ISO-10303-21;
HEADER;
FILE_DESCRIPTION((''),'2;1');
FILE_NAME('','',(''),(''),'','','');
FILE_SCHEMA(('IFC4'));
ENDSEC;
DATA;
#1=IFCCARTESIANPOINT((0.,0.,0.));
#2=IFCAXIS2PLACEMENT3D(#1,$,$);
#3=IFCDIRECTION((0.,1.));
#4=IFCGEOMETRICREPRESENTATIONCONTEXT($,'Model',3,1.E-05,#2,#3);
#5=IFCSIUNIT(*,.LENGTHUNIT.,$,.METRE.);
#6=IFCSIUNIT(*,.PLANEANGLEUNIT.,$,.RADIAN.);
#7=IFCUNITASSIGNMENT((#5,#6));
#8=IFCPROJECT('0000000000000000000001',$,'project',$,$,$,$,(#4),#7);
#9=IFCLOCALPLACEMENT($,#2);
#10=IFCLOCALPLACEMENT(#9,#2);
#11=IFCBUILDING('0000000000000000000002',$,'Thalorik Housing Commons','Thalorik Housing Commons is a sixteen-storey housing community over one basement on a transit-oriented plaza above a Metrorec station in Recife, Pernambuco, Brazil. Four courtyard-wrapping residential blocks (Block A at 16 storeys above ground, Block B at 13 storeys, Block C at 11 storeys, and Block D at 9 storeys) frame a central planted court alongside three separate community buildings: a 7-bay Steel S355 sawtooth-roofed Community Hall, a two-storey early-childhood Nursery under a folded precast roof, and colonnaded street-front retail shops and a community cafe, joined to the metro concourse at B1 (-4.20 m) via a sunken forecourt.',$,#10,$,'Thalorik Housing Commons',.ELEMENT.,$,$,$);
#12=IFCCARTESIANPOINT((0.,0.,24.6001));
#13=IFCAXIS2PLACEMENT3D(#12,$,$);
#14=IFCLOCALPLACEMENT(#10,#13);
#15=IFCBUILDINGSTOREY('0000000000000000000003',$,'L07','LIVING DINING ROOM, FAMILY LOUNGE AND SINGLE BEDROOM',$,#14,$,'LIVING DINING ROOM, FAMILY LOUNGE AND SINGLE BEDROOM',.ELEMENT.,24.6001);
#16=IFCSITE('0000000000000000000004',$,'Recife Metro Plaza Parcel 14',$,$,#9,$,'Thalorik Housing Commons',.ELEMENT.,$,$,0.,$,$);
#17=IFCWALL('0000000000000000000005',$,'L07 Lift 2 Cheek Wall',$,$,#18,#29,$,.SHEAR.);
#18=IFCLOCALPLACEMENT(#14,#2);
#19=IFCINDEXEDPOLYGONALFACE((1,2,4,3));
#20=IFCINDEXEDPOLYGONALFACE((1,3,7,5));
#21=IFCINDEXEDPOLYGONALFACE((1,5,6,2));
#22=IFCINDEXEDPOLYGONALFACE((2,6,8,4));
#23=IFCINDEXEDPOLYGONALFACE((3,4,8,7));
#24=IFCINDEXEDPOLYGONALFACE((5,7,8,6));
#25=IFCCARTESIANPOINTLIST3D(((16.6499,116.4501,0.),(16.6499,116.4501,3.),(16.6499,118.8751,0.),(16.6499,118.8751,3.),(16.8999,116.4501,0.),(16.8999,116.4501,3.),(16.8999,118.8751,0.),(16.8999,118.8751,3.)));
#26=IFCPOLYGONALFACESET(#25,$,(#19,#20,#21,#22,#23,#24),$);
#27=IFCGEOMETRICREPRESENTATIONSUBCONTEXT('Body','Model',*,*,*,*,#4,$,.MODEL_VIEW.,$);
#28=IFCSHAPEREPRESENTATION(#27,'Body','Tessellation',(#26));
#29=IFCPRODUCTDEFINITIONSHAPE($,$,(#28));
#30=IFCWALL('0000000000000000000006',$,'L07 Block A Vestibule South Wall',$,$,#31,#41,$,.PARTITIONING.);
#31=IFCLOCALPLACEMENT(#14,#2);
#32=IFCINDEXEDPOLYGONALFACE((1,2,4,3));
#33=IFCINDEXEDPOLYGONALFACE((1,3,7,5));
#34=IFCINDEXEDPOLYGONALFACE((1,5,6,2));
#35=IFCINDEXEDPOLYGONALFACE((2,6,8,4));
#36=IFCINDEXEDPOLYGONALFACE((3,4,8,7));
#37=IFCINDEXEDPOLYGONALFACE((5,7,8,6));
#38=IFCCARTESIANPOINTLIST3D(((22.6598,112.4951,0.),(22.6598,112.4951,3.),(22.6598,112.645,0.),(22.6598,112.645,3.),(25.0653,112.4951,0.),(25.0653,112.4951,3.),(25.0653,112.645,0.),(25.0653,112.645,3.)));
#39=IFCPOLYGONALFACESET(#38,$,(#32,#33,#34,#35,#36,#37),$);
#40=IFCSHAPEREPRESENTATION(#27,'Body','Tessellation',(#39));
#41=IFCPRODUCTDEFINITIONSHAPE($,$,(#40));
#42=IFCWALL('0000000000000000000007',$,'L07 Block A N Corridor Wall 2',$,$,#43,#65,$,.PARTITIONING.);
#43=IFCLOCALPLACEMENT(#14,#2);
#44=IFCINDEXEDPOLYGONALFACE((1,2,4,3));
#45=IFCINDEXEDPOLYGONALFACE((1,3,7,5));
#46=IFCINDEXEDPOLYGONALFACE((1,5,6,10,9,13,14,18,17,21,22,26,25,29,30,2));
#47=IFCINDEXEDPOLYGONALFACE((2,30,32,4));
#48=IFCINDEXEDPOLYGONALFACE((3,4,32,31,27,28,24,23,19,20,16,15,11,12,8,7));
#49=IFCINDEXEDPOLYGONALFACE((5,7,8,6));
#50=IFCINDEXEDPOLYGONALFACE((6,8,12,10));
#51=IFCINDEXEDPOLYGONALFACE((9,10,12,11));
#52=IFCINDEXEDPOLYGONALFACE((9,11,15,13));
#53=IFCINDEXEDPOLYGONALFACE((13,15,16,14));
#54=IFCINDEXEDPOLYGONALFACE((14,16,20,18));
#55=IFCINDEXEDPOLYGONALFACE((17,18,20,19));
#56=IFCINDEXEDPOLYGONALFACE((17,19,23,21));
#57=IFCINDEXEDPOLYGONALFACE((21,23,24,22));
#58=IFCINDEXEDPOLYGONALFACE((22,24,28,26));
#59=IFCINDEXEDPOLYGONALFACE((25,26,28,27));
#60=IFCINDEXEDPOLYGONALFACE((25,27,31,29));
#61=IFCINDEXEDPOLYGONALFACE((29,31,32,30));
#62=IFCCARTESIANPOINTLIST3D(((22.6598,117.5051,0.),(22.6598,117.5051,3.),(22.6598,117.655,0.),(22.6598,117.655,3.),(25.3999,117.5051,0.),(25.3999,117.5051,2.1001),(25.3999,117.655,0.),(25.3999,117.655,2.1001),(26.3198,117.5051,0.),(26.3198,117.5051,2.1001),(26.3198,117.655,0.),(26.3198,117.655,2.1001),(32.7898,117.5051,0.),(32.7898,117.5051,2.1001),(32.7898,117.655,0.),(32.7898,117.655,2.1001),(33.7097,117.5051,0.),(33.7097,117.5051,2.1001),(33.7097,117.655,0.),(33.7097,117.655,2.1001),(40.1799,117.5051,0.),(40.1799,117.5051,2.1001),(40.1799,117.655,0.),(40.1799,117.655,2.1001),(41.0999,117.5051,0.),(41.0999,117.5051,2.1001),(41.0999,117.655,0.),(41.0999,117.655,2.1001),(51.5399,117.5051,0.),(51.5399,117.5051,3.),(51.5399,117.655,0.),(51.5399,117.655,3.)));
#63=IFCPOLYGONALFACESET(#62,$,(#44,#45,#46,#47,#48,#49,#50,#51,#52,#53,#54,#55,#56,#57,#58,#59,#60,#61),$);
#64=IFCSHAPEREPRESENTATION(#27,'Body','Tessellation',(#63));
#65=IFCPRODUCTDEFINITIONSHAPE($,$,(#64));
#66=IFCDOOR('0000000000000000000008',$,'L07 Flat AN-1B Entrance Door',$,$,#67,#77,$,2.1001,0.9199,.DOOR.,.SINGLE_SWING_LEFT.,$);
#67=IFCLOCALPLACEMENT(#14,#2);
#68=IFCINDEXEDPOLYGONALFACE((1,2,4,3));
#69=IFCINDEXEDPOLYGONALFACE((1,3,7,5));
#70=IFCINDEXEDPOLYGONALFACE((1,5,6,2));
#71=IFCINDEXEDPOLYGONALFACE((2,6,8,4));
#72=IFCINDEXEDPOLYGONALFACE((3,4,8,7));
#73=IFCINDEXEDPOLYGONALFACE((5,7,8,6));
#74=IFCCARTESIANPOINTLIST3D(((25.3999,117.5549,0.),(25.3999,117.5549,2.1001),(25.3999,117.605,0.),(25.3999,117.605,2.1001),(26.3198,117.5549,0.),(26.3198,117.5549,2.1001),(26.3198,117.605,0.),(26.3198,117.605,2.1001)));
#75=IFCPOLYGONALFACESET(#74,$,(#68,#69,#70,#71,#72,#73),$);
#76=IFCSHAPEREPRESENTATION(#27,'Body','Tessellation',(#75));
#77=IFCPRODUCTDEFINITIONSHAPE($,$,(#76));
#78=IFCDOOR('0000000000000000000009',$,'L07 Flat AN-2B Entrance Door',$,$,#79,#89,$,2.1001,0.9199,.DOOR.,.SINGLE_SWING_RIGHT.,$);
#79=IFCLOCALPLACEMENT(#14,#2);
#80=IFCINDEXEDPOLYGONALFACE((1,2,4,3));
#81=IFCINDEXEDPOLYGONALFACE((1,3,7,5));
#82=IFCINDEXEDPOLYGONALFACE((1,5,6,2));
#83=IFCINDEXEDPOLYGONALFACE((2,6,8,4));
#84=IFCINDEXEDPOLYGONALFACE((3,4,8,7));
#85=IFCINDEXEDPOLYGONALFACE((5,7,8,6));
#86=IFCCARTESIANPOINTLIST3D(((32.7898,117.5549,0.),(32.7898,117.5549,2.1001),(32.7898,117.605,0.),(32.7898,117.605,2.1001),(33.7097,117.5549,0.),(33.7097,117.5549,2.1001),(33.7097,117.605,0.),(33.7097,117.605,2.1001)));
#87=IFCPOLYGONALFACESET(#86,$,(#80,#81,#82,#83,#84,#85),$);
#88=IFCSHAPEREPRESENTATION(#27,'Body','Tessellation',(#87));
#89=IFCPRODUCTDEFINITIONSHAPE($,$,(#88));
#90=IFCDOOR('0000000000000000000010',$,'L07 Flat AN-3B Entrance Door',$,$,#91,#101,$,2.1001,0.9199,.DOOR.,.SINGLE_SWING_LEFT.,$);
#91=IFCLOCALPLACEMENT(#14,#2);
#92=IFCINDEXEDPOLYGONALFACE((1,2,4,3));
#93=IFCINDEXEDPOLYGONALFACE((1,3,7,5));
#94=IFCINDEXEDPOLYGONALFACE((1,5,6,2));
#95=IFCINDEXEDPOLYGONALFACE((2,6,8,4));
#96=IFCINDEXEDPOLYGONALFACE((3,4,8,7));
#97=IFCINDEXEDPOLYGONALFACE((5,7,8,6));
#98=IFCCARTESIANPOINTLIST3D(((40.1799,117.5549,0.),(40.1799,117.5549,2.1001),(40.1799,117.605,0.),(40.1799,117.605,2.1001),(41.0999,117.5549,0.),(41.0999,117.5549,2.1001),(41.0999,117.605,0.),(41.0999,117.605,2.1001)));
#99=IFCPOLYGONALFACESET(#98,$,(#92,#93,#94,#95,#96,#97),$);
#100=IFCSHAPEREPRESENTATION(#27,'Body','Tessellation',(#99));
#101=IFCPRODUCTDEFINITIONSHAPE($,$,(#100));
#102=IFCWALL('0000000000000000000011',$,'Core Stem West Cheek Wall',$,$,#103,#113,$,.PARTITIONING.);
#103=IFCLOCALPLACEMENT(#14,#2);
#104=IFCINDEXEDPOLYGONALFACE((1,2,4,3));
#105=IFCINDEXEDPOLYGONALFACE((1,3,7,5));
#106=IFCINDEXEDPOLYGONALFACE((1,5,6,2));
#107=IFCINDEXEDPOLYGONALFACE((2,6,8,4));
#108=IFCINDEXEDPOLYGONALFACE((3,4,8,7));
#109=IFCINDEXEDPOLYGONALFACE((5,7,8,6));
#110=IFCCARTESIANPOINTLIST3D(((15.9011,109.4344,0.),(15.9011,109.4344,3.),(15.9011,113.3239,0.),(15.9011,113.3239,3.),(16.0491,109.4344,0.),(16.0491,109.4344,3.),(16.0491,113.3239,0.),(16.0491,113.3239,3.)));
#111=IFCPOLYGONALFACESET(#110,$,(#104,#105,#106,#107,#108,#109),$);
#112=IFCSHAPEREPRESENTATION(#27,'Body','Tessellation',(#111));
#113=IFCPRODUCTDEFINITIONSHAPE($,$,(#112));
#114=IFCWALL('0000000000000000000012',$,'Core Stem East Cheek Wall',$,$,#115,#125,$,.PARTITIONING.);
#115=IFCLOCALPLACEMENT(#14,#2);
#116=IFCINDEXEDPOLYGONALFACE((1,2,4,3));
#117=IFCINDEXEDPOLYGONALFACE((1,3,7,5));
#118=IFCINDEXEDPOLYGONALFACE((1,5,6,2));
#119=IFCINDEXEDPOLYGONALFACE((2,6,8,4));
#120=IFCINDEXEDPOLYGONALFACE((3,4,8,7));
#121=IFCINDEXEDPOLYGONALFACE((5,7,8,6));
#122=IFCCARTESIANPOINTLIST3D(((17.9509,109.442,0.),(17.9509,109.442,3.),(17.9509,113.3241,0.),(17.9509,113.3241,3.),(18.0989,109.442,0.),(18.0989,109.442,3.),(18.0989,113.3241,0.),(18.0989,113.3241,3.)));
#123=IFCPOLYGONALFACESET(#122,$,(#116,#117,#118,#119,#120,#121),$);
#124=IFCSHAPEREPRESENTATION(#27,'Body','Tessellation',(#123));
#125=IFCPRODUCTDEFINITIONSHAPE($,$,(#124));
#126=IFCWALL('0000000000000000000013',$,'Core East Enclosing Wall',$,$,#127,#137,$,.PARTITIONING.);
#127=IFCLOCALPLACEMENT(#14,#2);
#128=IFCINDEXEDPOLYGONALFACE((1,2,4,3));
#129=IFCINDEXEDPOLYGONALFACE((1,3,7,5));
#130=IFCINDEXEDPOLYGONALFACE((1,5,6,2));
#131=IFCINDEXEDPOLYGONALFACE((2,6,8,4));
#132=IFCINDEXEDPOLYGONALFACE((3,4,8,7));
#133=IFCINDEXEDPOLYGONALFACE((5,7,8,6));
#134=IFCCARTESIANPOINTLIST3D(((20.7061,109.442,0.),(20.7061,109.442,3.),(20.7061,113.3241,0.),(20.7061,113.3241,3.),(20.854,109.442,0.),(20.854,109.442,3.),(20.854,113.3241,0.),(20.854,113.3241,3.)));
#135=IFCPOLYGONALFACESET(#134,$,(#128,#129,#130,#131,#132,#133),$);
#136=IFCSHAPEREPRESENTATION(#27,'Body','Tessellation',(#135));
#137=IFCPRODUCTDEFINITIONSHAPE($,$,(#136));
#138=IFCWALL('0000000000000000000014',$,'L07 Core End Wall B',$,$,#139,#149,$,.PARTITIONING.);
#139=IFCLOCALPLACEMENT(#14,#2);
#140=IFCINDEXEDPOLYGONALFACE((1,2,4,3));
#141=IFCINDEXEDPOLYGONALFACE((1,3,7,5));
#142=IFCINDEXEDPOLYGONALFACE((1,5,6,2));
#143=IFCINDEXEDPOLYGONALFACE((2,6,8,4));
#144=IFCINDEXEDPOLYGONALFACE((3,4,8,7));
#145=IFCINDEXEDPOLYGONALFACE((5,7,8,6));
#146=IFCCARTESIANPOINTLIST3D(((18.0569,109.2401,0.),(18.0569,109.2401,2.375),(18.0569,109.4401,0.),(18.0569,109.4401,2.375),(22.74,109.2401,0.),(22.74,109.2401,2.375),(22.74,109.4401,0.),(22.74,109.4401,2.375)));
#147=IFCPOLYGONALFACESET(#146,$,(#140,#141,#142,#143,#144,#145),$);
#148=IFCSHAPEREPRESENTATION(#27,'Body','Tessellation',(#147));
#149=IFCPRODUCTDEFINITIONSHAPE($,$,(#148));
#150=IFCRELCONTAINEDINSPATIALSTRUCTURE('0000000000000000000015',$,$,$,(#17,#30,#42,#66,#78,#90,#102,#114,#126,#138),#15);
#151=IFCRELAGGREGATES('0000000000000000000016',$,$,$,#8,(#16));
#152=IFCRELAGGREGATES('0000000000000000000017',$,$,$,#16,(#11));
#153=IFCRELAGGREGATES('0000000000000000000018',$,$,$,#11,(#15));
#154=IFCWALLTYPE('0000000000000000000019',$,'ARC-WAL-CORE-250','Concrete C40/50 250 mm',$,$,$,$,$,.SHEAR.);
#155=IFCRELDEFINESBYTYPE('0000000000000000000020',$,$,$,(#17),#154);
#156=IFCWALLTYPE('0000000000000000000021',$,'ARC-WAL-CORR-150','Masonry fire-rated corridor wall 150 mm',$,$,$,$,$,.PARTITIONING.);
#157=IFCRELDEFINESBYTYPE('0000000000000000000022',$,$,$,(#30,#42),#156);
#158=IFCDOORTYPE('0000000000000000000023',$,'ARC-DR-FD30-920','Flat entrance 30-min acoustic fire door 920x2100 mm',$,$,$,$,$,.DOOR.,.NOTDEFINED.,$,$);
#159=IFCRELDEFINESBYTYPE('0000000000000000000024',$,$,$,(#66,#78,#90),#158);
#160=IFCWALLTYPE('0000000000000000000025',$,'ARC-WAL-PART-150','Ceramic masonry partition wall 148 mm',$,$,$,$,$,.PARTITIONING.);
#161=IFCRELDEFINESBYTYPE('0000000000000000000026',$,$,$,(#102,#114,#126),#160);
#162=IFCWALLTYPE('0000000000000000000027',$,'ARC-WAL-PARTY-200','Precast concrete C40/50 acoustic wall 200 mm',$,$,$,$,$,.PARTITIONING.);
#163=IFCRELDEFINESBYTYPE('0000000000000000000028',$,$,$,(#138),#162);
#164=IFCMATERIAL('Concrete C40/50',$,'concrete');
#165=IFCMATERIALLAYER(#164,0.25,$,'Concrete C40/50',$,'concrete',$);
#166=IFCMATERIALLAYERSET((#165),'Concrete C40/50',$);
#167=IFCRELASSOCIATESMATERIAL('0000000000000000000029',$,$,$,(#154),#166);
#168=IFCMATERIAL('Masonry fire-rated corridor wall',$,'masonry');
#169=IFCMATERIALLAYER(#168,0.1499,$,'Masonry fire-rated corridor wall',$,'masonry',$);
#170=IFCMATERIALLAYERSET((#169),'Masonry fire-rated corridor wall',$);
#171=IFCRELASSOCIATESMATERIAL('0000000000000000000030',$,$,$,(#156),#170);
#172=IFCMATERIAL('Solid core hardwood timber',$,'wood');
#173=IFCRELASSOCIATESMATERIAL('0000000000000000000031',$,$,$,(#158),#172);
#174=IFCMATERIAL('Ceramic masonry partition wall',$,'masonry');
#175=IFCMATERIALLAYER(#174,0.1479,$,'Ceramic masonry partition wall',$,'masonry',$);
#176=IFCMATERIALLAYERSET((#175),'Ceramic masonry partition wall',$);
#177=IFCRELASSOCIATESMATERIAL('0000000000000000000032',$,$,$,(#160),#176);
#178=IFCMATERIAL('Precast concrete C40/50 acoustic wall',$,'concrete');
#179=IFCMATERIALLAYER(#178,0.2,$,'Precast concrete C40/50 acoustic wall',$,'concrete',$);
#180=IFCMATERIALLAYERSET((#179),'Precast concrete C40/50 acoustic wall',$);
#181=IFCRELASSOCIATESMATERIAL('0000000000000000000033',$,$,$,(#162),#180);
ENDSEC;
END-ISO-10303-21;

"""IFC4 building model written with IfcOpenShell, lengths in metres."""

from ifc_helpers import new_model, si_unit, direction, frame, frame_2d, origin, place, context, subcontext, project, spatial, rectangle, extrude, material, layer, layer_set, type_object, element, fill, save


model = new_model("IFC4")

# Units and contexts
model_context = context("Model", 3, precision=1e-05, world=origin(), true_north=direction((0.0, 1.0)))
body_context = subcontext(model_context, "Body", "Model", "MODEL_VIEW")
ifc_project = project(units=[si_unit("LENGTHUNIT", "METRE"), si_unit("PLANEANGLEUNIT", "RADIAN")], contexts=[model_context])

# Site, building, storey
site_placement = place(None, origin())
site = spatial("IfcSite", under=ifc_project, at=site_placement, Name="Recife Metro Plaza Parcel 14", LongName="Thalorik Housing Commons", CompositionType="ELEMENT", RefElevation=0.0)
building_placement = place(site_placement, origin())
building = spatial("IfcBuilding", under=site, at=building_placement, Name="Thalorik Housing Commons", Description="Thalorik Housing Commons is a sixteen-storey housing community over one basement on a transit-oriented plaza above a Metrorec station in Recife, Pernambuco, Brazil. Four courtyard-wrapping residential blocks (Block A at 16 storeys above ground, Block B at 13 storeys, Block C at 11 storeys, and Block D at 9 storeys) frame a central planted court alongside three separate community buildings: a 7-bay Steel S355 sawtooth-roofed Community Hall, a two-storey early-childhood Nursery under a folded precast roof, and colonnaded street-front retail shops and a community cafe, joined to the metro concourse at B1 (-4.20 m) via a sunken forecourt.", LongName="Thalorik Housing Commons", CompositionType="ELEMENT")
storey_placement = place(building_placement, frame((0.0, 0.0, 24.6001)))
storey = spatial("IfcBuildingStorey", under=building, at=storey_placement, Name="L07", Description="LIVING DINING ROOM, FAMILY LOUNGE AND SINGLE BEDROOM", LongName="LIVING DINING ROOM, FAMILY LOUNGE AND SINGLE BEDROOM", CompositionType="ELEMENT", Elevation=24.6001)

# Shared definitions
ifc_material_1 = material(Name="Concrete C40/50", Category="concrete")
ifc_layer_1 = layer(ifc_material_1, 0.25, Name="Concrete C40/50", Category="concrete")
ifc_layer_set_1 = layer_set([ifc_layer_1], Name="Concrete C40/50")
wall_type_1 = type_object("IfcWallType", Name="ARC-WAL-CORE-250", Description="Concrete C40/50 250 mm", PredefinedType="SHEAR", material=ifc_layer_set_1)

# Walls
wall_1_placement = place(storey_placement, frame((16.7749, 118.875, 0.0), z_axis=(0.0, 0.0, 1.0), x_axis=(0.0, -1.0, 0.0)))
element("IfcWall", 1, at=wall_1_placement, inside=storey, type_object=wall_type_1, Name="L07 Lift 2 Cheek Wall", PredefinedType="SHEAR", context=body_context, shape_type="SweptSolid", body=[
    extrude(rectangle(XDim=2.425, YDim=0.25, at=frame_2d((1.2124, 0.0))), origin(), (0.0, 0.0, 1.0), 3.0),
])
ifc_material_2 = material(Name="Masonry fire-rated corridor wall", Category="masonry")
ifc_layer_2 = layer(ifc_material_2, 0.1499, Name="Masonry fire-rated corridor wall", Category="masonry")
ifc_layer_set_2 = layer_set([ifc_layer_2], Name="Masonry fire-rated corridor wall")
wall_type_2 = type_object("IfcWallType", Name="ARC-WAL-CORR-150", Description="Masonry fire-rated corridor wall 150 mm", PredefinedType="PARTITIONING", material=ifc_layer_set_2)
wall_2_placement = place(storey_placement, frame((22.6599, 112.5701, 0.0), z_axis=(0.0, 0.0, 1.0), x_axis=(1.0, 0.0, 0.0)))
element("IfcWall", 2, at=wall_2_placement, inside=storey, type_object=wall_type_2, Name="L07 Block A Vestibule South Wall", PredefinedType="PARTITIONING", context=body_context, shape_type="SweptSolid", body=[
    extrude(rectangle(XDim=2.4055, YDim=0.1499, at=frame_2d((1.2026, 0.0))), origin(), (0.0, 0.0, 1.0), 3.0),
])

# Wall, openings, doors
wall_3_placement = place(storey_placement, frame((22.6599, 117.5801, 0.0), z_axis=(0.0, 0.0, 1.0), x_axis=(1.0, 0.0, 0.0)))
wall_3 = element("IfcWall", 3, at=wall_3_placement, inside=storey, type_object=wall_type_2, Name="L07 Block A N Corridor Wall 2", PredefinedType="PARTITIONING", context=body_context, shape_type="SweptSolid", body=[
    extrude(rectangle(XDim=28.8801, YDim=0.1499, at=frame_2d((14.4399, 0.0))), origin(), (0.0, 0.0, 1.0), 3.0),
])
opening_1_placement = place(wall_3_placement, frame((2.74, 0.0, 0.0)))
opening_1 = element("IfcOpeningElement", 4, at=opening_1_placement, cuts=wall_3, PredefinedType="OPENING", context=body_context, shape_type="SweptSolid", body=[
    extrude(rectangle(XDim=0.9199, YDim=2.1001, at=frame_2d((0.46, 1.05))), frame((0.0, 0.085, 0.0), z_axis=(0.0, -1.0, 0.0), x_axis=(1.0, 0.0, 0.0)), (0.0, 0.0, 1.0), 0.1699),
])
opening_2_placement = place(wall_3_placement, frame((10.1299, 0.0, 0.0)))
opening_2 = element("IfcOpeningElement", 5, at=opening_2_placement, cuts=wall_3, PredefinedType="OPENING", context=body_context, shape_type="SweptSolid", body=[
    extrude(rectangle(XDim=0.9199, YDim=2.1001, at=frame_2d((0.46, 1.05))), frame((0.0, 0.085, 0.0), z_axis=(0.0, -1.0, 0.0), x_axis=(1.0, 0.0, 0.0)), (0.0, 0.0, 1.0), 0.1699),
])
opening_3_placement = place(wall_3_placement, frame((17.52, 0.0, 0.0)))
opening_3 = element("IfcOpeningElement", 6, at=opening_3_placement, cuts=wall_3, PredefinedType="OPENING", context=body_context, shape_type="SweptSolid", body=[
    extrude(rectangle(XDim=0.9199, YDim=2.1001, at=frame_2d((0.46, 1.05))), frame((0.0, 0.085, 0.0), z_axis=(0.0, -1.0, 0.0), x_axis=(1.0, 0.0, 0.0)), (0.0, 0.0, 1.0), 0.1699),
])
ifc_material_3 = material(Name="Solid core hardwood timber", Category="wood")
door_type_1 = type_object("IfcDoorType", Name="ARC-DR-FD30-920", Description="Flat entrance 30-min acoustic fire door 920x2100 mm", OperationType="NOTDEFINED", PredefinedType="DOOR", material=ifc_material_3)
door_1_placement = place(opening_1_placement, origin())
door_1 = element("IfcDoor", 7, at=door_1_placement, inside=storey, type_object=door_type_1, Name="L07 Flat AN-1B Entrance Door", OperationType="SINGLE_SWING_LEFT", OverallHeight=2.1001, OverallWidth=0.9199, PredefinedType="DOOR", context=body_context, shape_type="SweptSolid", body=[
    extrude(rectangle(XDim=0.9199, YDim=2.1001, at=frame_2d((0.46, 1.05))), frame((0.0, 0.0249, 0.0), z_axis=(0.0, -1.0, 0.0), x_axis=(1.0, 0.0, 0.0)), (0.0, 0.0, 1.0), 0.05),
])
fill(opening_1, door_1)
door_2_placement = place(opening_2_placement, origin())
door_2 = element("IfcDoor", 8, at=door_2_placement, inside=storey, type_object=door_type_1, Name="L07 Flat AN-2B Entrance Door", OperationType="SINGLE_SWING_RIGHT", OverallHeight=2.1001, OverallWidth=0.9199, PredefinedType="DOOR", context=body_context, shape_type="SweptSolid", body=[
    extrude(rectangle(XDim=0.9199, YDim=2.1001, at=frame_2d((0.46, 1.05))), frame((0.0, 0.0249, 0.0), z_axis=(0.0, -1.0, 0.0), x_axis=(1.0, 0.0, 0.0)), (0.0, 0.0, 1.0), 0.05),
])
fill(opening_2, door_2)
door_3_placement = place(opening_3_placement, origin())
door_3 = element("IfcDoor", 9, at=door_3_placement, inside=storey, type_object=door_type_1, Name="L07 Flat AN-3B Entrance Door", OperationType="SINGLE_SWING_LEFT", OverallHeight=2.1001, OverallWidth=0.9199, PredefinedType="DOOR", context=body_context, shape_type="SweptSolid", body=[
    extrude(rectangle(XDim=0.9199, YDim=2.1001, at=frame_2d((0.46, 1.05))), frame((0.0, 0.0249, 0.0), z_axis=(0.0, -1.0, 0.0), x_axis=(1.0, 0.0, 0.0)), (0.0, 0.0, 1.0), 0.05),
])
fill(opening_3, door_3)

# Walls
ifc_material_4 = material(Name="Ceramic masonry partition wall", Category="masonry")
ifc_layer_3 = layer(ifc_material_4, 0.1479, Name="Ceramic masonry partition wall", Category="masonry")
ifc_layer_set_3 = layer_set([ifc_layer_3], Name="Ceramic masonry partition wall")
wall_type_3 = type_object("IfcWallType", Name="ARC-WAL-PART-150", Description="Ceramic masonry partition wall 148 mm", PredefinedType="PARTITIONING", material=ifc_layer_set_3)
wall_4_placement = place(storey_placement, frame((15.9751, 113.324, 0.0), z_axis=(0.0, 0.0, 1.0), x_axis=(0.0, -1.0, 0.0)))
element("IfcWall", 10, at=wall_4_placement, inside=storey, type_object=wall_type_3, Name="Core Stem West Cheek Wall", PredefinedType="PARTITIONING", context=body_context, shape_type="SweptSolid", body=[
    extrude(rectangle(XDim=3.8894, YDim=0.1479, at=frame_2d((1.9448, 0.0))), origin(), (0.0, 0.0, 1.0), 3.0),
])
for number, where, z_axis, x_axis, name in (
    (11, (18.0249, 113.324, 0.0), (0.0, 0.0, 1.0), (0.0, -1.0, 0.0), "Core Stem East Cheek Wall"),
    (12, (20.78, 113.324, 0.0), (0.0, 0.0, 1.0), (0.0, -1.0, 0.0), "Core East Enclosing Wall"),
):
    element("IfcWall", number, at=place(storey_placement, frame(where, z_axis=z_axis, x_axis=x_axis)), inside=storey, type_object=wall_type_3, Name=name, PredefinedType="PARTITIONING", context=body_context, shape_type="SweptSolid", body=[
        extrude(rectangle(XDim=3.8821, YDim=0.1479, at=frame_2d((1.9409, 0.0))), origin(), (0.0, 0.0, 1.0), 3.0),
    ])

# Wall
ifc_material_5 = material(Name="Precast concrete C40/50 acoustic wall", Category="concrete")
ifc_layer_4 = layer(ifc_material_5, 0.2, Name="Precast concrete C40/50 acoustic wall", Category="concrete")
ifc_layer_set_4 = layer_set([ifc_layer_4], Name="Precast concrete C40/50 acoustic wall")
wall_type_4 = type_object("IfcWallType", Name="ARC-WAL-PARTY-200", Description="Precast concrete C40/50 acoustic wall 200 mm", PredefinedType="PARTITIONING", material=ifc_layer_set_4)
wall_5_placement = place(storey_placement, frame((18.0569, 109.3401, 0.0), z_axis=(0.0, 0.0, 1.0), x_axis=(1.0, 0.0, 0.0)))
element("IfcWall", 13, at=wall_5_placement, inside=storey, type_object=wall_type_4, Name="L07 Core End Wall B", PredefinedType="PARTITIONING", context=body_context, shape_type="SweptSolid", body=[
    extrude(rectangle(XDim=4.6831, YDim=0.2, at=frame_2d((2.3416, 0.0))), origin(), (0.0, 0.0, 1.0), 2.375),
])

save(model, "model.ifc")
